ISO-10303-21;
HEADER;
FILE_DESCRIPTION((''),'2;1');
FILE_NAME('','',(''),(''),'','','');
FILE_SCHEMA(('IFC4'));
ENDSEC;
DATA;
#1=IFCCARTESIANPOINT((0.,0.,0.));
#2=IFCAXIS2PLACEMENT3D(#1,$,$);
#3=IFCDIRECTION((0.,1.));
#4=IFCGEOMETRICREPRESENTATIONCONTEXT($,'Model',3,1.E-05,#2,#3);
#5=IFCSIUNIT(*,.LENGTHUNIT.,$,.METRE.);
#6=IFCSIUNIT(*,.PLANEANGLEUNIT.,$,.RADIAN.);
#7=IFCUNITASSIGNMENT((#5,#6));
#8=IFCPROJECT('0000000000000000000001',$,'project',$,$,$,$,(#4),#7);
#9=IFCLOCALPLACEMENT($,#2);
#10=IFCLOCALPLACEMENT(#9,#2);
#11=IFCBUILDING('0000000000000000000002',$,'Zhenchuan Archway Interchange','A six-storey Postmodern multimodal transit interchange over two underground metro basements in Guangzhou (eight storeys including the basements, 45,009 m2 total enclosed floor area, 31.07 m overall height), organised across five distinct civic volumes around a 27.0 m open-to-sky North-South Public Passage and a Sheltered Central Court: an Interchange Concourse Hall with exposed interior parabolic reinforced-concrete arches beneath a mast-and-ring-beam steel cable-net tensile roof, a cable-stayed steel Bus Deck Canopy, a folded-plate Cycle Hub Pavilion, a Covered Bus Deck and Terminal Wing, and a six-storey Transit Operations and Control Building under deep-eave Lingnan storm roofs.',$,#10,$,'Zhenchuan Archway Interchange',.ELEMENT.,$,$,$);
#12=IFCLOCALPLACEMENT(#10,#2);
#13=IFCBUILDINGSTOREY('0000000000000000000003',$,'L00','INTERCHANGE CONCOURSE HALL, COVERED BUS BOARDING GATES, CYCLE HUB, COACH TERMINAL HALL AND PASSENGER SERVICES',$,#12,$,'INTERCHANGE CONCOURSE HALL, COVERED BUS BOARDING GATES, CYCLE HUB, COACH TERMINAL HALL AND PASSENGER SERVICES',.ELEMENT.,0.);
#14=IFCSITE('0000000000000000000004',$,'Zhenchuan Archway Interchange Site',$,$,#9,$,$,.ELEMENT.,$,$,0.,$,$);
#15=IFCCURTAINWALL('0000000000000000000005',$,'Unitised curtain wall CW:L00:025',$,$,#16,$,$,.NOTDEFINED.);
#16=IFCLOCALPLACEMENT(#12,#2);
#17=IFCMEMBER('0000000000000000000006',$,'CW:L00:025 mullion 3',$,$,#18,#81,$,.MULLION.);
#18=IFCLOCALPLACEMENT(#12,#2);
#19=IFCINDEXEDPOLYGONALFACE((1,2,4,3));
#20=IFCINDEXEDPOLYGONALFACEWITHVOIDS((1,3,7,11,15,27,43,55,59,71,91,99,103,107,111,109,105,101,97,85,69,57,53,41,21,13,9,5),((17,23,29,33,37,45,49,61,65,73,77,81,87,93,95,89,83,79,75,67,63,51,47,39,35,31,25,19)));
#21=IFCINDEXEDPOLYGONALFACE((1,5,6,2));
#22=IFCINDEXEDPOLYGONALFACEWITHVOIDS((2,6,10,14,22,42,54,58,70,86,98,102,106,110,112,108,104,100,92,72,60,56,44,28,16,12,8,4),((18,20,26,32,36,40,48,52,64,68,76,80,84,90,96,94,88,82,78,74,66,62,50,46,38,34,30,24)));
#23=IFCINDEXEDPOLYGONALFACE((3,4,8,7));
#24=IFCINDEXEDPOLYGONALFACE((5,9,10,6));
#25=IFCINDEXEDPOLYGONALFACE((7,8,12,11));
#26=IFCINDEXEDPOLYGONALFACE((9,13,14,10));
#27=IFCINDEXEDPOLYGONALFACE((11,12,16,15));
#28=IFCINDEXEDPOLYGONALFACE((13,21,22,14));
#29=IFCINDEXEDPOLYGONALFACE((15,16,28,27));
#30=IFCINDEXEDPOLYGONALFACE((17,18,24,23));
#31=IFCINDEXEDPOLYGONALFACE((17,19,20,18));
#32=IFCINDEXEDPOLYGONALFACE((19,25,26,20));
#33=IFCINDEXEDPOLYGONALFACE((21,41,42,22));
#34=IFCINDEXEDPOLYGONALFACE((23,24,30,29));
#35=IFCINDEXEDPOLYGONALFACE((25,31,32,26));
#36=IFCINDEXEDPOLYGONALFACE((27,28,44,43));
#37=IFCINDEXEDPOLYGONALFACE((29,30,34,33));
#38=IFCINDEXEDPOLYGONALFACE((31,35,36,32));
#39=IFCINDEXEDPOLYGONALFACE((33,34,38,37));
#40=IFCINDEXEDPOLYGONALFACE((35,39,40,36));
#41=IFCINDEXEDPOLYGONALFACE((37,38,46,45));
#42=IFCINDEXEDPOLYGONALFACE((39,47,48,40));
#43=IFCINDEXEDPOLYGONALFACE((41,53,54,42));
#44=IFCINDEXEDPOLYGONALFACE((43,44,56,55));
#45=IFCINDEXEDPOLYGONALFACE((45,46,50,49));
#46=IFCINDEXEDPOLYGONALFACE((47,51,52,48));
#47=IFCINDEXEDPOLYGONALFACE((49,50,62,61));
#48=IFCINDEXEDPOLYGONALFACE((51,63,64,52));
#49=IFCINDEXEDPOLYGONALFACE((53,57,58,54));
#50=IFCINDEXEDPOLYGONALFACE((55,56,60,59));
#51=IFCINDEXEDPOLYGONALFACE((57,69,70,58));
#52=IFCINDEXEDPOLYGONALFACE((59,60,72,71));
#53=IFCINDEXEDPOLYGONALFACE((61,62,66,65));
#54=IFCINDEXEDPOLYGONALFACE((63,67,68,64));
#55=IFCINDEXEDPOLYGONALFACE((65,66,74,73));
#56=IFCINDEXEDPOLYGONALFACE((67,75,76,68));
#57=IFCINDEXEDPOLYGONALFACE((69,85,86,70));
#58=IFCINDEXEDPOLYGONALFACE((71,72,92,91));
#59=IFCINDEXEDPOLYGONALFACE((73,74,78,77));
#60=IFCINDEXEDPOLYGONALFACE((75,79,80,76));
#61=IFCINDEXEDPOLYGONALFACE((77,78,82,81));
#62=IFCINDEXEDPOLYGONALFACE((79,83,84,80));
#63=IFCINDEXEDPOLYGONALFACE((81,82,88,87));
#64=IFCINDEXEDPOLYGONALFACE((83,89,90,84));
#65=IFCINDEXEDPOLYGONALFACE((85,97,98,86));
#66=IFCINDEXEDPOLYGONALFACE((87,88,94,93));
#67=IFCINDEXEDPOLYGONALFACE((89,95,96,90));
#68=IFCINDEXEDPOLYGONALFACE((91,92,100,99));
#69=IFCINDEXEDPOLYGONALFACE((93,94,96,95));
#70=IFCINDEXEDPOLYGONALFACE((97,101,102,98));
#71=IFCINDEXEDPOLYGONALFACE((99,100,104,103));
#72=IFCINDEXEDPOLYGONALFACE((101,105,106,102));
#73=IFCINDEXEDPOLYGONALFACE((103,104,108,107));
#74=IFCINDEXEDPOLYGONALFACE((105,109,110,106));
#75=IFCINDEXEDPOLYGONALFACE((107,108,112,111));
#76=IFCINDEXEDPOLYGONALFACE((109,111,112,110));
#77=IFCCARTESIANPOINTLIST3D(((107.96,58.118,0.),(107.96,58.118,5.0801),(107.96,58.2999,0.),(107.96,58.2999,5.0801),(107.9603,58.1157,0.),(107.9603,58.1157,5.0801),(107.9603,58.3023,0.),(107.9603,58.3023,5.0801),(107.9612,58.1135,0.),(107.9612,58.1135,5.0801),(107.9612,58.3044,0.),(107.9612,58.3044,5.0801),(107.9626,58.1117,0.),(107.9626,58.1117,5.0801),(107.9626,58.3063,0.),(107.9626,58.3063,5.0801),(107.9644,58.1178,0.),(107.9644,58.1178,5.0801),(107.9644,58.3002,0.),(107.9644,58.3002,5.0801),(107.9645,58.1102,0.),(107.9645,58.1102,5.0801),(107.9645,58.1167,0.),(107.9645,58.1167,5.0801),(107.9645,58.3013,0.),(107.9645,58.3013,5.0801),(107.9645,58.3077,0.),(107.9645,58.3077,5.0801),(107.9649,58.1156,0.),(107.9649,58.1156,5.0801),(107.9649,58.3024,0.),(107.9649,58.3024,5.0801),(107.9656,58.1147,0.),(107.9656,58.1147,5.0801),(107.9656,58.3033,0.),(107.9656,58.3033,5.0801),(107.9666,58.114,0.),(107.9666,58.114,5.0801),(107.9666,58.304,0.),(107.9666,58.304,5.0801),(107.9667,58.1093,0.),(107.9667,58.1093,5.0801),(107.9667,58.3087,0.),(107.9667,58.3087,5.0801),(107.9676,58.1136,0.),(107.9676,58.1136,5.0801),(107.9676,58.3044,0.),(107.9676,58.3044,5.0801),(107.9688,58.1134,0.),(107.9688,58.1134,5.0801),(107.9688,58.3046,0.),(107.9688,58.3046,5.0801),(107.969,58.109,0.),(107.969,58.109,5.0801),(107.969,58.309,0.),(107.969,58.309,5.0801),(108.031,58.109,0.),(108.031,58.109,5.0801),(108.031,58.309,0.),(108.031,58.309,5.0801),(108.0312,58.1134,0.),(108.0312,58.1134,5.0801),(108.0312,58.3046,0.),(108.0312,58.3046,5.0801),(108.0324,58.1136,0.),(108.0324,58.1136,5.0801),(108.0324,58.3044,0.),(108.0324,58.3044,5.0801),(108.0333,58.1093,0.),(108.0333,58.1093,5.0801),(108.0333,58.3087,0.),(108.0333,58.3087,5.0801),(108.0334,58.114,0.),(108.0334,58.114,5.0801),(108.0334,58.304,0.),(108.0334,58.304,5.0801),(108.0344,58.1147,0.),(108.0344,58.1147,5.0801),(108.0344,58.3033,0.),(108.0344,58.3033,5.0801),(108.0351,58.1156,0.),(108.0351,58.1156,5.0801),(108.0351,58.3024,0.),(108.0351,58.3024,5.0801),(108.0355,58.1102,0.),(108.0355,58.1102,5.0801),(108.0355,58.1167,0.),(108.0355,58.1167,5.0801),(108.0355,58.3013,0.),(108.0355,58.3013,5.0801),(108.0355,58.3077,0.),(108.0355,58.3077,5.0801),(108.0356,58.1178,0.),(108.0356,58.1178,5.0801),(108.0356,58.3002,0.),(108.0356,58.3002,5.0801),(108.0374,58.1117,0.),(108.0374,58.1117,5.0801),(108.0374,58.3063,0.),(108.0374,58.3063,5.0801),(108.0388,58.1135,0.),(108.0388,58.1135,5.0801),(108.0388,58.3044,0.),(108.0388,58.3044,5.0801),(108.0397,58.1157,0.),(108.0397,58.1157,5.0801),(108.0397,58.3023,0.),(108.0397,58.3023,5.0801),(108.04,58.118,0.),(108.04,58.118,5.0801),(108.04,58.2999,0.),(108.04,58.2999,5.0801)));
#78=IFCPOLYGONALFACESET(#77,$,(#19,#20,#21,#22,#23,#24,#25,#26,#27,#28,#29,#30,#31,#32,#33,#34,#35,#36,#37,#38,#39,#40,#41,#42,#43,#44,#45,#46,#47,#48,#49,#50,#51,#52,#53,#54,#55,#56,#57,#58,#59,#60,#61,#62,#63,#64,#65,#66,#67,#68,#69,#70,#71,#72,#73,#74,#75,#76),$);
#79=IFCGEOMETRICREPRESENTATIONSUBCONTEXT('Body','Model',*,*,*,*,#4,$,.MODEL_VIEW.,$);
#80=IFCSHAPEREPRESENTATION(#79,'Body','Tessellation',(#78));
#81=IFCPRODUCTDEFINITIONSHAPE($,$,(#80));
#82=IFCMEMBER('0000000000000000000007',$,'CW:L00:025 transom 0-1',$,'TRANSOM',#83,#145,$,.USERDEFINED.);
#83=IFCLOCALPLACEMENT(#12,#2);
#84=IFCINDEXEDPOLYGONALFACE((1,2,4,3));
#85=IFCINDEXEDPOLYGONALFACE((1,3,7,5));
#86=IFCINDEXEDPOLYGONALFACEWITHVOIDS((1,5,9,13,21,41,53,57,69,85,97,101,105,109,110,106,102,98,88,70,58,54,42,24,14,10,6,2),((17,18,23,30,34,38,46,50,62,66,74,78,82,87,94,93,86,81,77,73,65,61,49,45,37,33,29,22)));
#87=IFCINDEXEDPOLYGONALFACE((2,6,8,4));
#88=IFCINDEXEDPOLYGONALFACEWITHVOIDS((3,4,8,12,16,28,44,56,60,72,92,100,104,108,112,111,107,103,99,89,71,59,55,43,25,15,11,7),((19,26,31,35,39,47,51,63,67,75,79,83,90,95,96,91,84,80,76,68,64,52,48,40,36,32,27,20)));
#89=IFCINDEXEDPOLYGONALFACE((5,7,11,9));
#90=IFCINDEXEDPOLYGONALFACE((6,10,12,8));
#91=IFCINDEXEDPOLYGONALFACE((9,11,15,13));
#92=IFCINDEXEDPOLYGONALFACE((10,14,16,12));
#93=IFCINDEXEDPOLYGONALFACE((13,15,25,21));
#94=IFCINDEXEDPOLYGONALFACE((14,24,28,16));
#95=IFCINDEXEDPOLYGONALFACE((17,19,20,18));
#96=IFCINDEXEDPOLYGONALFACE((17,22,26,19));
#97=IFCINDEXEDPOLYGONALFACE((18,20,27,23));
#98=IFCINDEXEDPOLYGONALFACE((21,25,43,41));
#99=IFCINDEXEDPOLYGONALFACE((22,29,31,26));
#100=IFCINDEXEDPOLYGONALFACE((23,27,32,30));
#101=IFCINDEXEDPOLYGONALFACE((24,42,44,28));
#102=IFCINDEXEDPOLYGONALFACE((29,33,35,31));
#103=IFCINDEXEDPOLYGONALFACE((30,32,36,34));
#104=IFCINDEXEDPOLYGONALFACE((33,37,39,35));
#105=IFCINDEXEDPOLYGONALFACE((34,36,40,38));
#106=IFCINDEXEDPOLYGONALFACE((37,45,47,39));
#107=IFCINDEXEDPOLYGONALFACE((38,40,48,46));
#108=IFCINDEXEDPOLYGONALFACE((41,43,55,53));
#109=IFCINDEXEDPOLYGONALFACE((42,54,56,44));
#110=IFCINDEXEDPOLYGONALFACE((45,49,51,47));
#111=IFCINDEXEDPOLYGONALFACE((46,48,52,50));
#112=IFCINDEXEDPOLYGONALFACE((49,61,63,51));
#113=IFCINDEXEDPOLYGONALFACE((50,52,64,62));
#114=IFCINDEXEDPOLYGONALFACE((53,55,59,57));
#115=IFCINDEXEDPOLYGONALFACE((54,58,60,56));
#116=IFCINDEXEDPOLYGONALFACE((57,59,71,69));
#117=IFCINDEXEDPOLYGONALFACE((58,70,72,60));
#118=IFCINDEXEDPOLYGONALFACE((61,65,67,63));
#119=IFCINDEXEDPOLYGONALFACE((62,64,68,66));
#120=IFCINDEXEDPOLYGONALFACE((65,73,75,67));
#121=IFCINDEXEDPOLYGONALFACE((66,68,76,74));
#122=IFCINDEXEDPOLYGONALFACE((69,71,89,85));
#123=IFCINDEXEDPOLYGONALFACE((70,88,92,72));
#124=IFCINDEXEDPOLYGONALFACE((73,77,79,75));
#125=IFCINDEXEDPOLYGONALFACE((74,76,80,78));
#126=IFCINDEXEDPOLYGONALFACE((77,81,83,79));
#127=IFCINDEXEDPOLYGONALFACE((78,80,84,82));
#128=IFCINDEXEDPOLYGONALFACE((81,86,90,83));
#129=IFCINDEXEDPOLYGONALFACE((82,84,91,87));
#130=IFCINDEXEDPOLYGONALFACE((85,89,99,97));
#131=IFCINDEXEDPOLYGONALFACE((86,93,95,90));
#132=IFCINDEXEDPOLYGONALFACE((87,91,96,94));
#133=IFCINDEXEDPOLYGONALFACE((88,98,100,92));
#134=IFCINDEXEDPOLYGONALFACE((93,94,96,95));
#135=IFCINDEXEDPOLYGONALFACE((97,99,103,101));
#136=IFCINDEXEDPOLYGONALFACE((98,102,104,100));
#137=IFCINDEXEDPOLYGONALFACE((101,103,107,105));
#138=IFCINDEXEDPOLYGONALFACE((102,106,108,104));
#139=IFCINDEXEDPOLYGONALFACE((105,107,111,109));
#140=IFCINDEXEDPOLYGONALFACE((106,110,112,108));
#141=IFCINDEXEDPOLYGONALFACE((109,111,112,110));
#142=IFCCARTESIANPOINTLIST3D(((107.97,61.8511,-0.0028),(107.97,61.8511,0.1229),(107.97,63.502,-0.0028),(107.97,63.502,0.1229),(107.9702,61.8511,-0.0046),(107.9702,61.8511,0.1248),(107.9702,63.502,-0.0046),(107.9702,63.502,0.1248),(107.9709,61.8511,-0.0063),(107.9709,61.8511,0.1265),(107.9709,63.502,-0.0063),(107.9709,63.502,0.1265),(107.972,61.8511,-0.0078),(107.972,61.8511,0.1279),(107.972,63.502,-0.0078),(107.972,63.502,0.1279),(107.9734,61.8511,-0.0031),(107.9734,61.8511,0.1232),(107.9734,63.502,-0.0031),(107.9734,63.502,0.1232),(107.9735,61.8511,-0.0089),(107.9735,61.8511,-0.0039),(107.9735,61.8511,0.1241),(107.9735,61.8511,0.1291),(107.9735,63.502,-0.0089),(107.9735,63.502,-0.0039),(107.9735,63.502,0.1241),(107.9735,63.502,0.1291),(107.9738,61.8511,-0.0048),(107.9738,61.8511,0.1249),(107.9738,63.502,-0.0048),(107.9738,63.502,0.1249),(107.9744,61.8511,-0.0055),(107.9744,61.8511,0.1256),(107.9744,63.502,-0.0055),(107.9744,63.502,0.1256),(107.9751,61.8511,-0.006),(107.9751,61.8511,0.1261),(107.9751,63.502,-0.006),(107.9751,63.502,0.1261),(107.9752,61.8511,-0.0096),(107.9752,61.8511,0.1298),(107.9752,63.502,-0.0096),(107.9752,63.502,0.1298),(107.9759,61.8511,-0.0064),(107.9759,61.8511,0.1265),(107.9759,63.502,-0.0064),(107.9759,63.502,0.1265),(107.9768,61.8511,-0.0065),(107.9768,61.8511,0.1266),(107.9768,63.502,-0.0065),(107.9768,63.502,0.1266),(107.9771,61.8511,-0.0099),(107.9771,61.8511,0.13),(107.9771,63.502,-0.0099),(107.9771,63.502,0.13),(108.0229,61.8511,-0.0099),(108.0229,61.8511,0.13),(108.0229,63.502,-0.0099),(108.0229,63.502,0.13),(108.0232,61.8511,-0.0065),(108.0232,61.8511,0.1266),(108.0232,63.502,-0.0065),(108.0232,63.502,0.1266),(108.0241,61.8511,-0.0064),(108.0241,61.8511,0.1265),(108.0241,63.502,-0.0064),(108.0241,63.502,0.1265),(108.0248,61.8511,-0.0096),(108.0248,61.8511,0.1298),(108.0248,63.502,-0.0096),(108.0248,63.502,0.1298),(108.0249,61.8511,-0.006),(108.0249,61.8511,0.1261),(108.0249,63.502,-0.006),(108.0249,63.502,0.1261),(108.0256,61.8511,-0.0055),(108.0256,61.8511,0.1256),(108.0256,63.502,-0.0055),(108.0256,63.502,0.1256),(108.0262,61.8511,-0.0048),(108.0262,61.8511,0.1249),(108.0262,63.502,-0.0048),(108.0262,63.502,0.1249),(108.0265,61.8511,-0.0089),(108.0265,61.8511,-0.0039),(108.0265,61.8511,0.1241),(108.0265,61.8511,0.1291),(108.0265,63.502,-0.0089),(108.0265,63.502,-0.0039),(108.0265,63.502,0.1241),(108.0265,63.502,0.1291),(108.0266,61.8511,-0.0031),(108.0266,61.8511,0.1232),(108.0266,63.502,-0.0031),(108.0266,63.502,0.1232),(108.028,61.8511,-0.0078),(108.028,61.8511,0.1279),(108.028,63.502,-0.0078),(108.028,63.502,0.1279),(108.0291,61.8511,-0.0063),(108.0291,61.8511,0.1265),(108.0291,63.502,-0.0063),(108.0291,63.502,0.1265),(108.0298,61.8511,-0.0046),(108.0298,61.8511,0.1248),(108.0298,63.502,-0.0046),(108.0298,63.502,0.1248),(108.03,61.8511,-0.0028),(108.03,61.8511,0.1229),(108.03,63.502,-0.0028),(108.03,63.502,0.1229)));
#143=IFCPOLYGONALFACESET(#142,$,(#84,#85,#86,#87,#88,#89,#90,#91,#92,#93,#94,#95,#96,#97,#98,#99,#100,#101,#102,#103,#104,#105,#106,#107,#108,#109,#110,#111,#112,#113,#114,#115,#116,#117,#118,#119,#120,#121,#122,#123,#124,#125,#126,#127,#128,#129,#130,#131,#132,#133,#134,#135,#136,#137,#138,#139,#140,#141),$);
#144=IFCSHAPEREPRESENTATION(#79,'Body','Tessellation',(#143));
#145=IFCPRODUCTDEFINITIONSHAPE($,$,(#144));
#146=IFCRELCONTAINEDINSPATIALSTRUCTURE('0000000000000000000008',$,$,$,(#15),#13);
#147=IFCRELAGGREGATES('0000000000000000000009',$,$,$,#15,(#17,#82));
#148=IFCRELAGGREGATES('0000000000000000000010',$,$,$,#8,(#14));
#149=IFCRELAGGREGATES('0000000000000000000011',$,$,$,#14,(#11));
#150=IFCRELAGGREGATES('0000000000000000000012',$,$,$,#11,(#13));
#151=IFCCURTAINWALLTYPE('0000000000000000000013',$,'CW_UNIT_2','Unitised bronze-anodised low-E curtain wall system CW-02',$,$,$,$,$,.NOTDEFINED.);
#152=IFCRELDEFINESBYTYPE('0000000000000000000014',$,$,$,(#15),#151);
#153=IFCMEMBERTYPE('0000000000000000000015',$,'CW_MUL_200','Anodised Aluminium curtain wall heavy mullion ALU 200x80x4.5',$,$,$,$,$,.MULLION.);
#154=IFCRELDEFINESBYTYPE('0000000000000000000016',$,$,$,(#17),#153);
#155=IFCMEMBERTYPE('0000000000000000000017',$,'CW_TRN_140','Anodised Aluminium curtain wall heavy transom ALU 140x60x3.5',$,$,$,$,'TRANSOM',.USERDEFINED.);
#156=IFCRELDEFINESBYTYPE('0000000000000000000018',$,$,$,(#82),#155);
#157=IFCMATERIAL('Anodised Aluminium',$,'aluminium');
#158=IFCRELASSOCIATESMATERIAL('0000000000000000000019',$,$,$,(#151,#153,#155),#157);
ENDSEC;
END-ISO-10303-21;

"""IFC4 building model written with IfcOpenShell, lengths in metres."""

from ifc_helpers import new_model, si_unit, direction, frame, origin, origin_2d, place, context, subcontext, project, spatial, hollow_rectangle, extrude, material, material_profile, profile_set, type_object, element, aggregate, save


model = new_model("IFC4")

# Units and contexts
model_context = context("Model", 3, precision=1e-05, world=origin(), true_north=direction((0.0, 1.0)))
body_context = subcontext(model_context, "Body", "Model", "MODEL_VIEW")
ifc_project = project(units=[si_unit("LENGTHUNIT", "METRE"), si_unit("PLANEANGLEUNIT", "RADIAN")], contexts=[model_context])

# Site, building, storey
site_placement = place(None, origin())
site = spatial("IfcSite", under=ifc_project, at=site_placement, Name="Zhenchuan Archway Interchange Site", CompositionType="ELEMENT", RefElevation=0.0)
building_placement = place(site_placement, origin())
building = spatial("IfcBuilding", under=site, at=building_placement, Name="Zhenchuan Archway Interchange", Description="A six-storey Postmodern multimodal transit interchange over two underground metro basements in Guangzhou (eight storeys including the basements, 45,009 m2 total enclosed floor area, 31.07 m overall height), organised across five distinct civic volumes around a 27.0 m open-to-sky North-South Public Passage and a Sheltered Central Court: an Interchange Concourse Hall with exposed interior parabolic reinforced-concrete arches beneath a mast-and-ring-beam steel cable-net tensile roof, a cable-stayed steel Bus Deck Canopy, a folded-plate Cycle Hub Pavilion, a Covered Bus Deck and Terminal Wing, and a six-storey Transit Operations and Control Building under deep-eave Lingnan storm roofs.", LongName="Zhenchuan Archway Interchange", CompositionType="ELEMENT")
storey_placement = place(building_placement, origin())
storey = spatial("IfcBuildingStorey", under=building, at=storey_placement, Name="L00", Description="INTERCHANGE CONCOURSE HALL, COVERED BUS BOARDING GATES, CYCLE HUB, COACH TERMINAL HALL AND PASSENGER SERVICES", LongName="INTERCHANGE CONCOURSE HALL, COVERED BUS BOARDING GATES, CYCLE HUB, COACH TERMINAL HALL AND PASSENGER SERVICES", CompositionType="ELEMENT", Elevation=0.0)

# Curtain wall, members
ifc_material_1 = material(Name="Anodised Aluminium", Category="aluminium")
curtain_wall_type = type_object("IfcCurtainWallType", Name="CW_UNIT_2", Description="Unitised bronze-anodised low-E curtain wall system CW-02", PredefinedType="NOTDEFINED", material=ifc_material_1)
curtain_wall_placement = place(storey_placement, origin())
curtain_wall = element("IfcCurtainWall", 1, at=curtain_wall_placement, inside=storey, type_object=curtain_wall_type, Name="Unitised curtain wall CW:L00:025", PredefinedType="NOTDEFINED")
ifc_material_profile_1 = material_profile(ifc_material_1, hollow_rectangle(XDim=0.0801, YDim=0.2, WallThickness=0.0044, InnerFilletRadius=0.0044, OuterFilletRadius=0.009, at=origin_2d()), Name="ALU 200x80x4.5")
ifc_profile_set_1 = profile_set([ifc_material_profile_1], Name="Anodised Aluminium")
member_type_1 = type_object("IfcMemberType", Name="CW_MUL_200", Description="Anodised Aluminium curtain wall heavy mullion ALU 200x80x4.5", PredefinedType="MULLION", material=ifc_profile_set_1)
member_1_placement = place(storey_placement, frame((108.0, 58.209, 0.0), z_axis=(0.0, 0.0, 1.0), x_axis=(1.0, 0.0, 0.0)))
member_1 = element("IfcMember", 2, at=member_1_placement, type_object=member_type_1, Name="CW:L00:025 mullion 3", PredefinedType="MULLION", context=body_context, shape_type="SweptSolid", body=[
    extrude(hollow_rectangle(XDim=0.0801, YDim=0.2, WallThickness=0.0044, InnerFilletRadius=0.0044, OuterFilletRadius=0.009, at=origin_2d()), origin(), (0.0, 0.0, 1.0), 5.0801),
])
ifc_material_profile_2 = material_profile(ifc_material_1, hollow_rectangle(XDim=0.0601, YDim=0.1399, WallThickness=0.0034, InnerFilletRadius=0.0034, OuterFilletRadius=0.0071, at=origin_2d()), Name="ALU 140x60x3.5")
ifc_profile_set_2 = profile_set([ifc_material_profile_2], Name="Anodised Aluminium")
member_type_2 = type_object("IfcMemberType", Name="CW_TRN_140", Description="Anodised Aluminium curtain wall heavy transom ALU 140x60x3.5", ElementType="TRANSOM", PredefinedType="USERDEFINED", material=ifc_profile_set_2)
member_2_placement = place(storey_placement, frame((108.0, 63.502, 0.0601), z_axis=(0.0, -1.0, 0.0), x_axis=(1.0, 0.0, 0.0)))
member_2 = element("IfcMember", 3, at=member_2_placement, type_object=member_type_2, Name="CW:L00:025 transom 0-1", ObjectType="TRANSOM", PredefinedType="USERDEFINED", context=body_context, shape_type="SweptSolid", body=[
    extrude(hollow_rectangle(XDim=0.0601, YDim=0.1399, WallThickness=0.0034, InnerFilletRadius=0.0034, OuterFilletRadius=0.0071, at=origin_2d()), origin(), (0.0, 0.0, 1.0), 1.6509),
])
aggregate(curtain_wall, [member_1, member_2])

save(model, "model.ifc")
